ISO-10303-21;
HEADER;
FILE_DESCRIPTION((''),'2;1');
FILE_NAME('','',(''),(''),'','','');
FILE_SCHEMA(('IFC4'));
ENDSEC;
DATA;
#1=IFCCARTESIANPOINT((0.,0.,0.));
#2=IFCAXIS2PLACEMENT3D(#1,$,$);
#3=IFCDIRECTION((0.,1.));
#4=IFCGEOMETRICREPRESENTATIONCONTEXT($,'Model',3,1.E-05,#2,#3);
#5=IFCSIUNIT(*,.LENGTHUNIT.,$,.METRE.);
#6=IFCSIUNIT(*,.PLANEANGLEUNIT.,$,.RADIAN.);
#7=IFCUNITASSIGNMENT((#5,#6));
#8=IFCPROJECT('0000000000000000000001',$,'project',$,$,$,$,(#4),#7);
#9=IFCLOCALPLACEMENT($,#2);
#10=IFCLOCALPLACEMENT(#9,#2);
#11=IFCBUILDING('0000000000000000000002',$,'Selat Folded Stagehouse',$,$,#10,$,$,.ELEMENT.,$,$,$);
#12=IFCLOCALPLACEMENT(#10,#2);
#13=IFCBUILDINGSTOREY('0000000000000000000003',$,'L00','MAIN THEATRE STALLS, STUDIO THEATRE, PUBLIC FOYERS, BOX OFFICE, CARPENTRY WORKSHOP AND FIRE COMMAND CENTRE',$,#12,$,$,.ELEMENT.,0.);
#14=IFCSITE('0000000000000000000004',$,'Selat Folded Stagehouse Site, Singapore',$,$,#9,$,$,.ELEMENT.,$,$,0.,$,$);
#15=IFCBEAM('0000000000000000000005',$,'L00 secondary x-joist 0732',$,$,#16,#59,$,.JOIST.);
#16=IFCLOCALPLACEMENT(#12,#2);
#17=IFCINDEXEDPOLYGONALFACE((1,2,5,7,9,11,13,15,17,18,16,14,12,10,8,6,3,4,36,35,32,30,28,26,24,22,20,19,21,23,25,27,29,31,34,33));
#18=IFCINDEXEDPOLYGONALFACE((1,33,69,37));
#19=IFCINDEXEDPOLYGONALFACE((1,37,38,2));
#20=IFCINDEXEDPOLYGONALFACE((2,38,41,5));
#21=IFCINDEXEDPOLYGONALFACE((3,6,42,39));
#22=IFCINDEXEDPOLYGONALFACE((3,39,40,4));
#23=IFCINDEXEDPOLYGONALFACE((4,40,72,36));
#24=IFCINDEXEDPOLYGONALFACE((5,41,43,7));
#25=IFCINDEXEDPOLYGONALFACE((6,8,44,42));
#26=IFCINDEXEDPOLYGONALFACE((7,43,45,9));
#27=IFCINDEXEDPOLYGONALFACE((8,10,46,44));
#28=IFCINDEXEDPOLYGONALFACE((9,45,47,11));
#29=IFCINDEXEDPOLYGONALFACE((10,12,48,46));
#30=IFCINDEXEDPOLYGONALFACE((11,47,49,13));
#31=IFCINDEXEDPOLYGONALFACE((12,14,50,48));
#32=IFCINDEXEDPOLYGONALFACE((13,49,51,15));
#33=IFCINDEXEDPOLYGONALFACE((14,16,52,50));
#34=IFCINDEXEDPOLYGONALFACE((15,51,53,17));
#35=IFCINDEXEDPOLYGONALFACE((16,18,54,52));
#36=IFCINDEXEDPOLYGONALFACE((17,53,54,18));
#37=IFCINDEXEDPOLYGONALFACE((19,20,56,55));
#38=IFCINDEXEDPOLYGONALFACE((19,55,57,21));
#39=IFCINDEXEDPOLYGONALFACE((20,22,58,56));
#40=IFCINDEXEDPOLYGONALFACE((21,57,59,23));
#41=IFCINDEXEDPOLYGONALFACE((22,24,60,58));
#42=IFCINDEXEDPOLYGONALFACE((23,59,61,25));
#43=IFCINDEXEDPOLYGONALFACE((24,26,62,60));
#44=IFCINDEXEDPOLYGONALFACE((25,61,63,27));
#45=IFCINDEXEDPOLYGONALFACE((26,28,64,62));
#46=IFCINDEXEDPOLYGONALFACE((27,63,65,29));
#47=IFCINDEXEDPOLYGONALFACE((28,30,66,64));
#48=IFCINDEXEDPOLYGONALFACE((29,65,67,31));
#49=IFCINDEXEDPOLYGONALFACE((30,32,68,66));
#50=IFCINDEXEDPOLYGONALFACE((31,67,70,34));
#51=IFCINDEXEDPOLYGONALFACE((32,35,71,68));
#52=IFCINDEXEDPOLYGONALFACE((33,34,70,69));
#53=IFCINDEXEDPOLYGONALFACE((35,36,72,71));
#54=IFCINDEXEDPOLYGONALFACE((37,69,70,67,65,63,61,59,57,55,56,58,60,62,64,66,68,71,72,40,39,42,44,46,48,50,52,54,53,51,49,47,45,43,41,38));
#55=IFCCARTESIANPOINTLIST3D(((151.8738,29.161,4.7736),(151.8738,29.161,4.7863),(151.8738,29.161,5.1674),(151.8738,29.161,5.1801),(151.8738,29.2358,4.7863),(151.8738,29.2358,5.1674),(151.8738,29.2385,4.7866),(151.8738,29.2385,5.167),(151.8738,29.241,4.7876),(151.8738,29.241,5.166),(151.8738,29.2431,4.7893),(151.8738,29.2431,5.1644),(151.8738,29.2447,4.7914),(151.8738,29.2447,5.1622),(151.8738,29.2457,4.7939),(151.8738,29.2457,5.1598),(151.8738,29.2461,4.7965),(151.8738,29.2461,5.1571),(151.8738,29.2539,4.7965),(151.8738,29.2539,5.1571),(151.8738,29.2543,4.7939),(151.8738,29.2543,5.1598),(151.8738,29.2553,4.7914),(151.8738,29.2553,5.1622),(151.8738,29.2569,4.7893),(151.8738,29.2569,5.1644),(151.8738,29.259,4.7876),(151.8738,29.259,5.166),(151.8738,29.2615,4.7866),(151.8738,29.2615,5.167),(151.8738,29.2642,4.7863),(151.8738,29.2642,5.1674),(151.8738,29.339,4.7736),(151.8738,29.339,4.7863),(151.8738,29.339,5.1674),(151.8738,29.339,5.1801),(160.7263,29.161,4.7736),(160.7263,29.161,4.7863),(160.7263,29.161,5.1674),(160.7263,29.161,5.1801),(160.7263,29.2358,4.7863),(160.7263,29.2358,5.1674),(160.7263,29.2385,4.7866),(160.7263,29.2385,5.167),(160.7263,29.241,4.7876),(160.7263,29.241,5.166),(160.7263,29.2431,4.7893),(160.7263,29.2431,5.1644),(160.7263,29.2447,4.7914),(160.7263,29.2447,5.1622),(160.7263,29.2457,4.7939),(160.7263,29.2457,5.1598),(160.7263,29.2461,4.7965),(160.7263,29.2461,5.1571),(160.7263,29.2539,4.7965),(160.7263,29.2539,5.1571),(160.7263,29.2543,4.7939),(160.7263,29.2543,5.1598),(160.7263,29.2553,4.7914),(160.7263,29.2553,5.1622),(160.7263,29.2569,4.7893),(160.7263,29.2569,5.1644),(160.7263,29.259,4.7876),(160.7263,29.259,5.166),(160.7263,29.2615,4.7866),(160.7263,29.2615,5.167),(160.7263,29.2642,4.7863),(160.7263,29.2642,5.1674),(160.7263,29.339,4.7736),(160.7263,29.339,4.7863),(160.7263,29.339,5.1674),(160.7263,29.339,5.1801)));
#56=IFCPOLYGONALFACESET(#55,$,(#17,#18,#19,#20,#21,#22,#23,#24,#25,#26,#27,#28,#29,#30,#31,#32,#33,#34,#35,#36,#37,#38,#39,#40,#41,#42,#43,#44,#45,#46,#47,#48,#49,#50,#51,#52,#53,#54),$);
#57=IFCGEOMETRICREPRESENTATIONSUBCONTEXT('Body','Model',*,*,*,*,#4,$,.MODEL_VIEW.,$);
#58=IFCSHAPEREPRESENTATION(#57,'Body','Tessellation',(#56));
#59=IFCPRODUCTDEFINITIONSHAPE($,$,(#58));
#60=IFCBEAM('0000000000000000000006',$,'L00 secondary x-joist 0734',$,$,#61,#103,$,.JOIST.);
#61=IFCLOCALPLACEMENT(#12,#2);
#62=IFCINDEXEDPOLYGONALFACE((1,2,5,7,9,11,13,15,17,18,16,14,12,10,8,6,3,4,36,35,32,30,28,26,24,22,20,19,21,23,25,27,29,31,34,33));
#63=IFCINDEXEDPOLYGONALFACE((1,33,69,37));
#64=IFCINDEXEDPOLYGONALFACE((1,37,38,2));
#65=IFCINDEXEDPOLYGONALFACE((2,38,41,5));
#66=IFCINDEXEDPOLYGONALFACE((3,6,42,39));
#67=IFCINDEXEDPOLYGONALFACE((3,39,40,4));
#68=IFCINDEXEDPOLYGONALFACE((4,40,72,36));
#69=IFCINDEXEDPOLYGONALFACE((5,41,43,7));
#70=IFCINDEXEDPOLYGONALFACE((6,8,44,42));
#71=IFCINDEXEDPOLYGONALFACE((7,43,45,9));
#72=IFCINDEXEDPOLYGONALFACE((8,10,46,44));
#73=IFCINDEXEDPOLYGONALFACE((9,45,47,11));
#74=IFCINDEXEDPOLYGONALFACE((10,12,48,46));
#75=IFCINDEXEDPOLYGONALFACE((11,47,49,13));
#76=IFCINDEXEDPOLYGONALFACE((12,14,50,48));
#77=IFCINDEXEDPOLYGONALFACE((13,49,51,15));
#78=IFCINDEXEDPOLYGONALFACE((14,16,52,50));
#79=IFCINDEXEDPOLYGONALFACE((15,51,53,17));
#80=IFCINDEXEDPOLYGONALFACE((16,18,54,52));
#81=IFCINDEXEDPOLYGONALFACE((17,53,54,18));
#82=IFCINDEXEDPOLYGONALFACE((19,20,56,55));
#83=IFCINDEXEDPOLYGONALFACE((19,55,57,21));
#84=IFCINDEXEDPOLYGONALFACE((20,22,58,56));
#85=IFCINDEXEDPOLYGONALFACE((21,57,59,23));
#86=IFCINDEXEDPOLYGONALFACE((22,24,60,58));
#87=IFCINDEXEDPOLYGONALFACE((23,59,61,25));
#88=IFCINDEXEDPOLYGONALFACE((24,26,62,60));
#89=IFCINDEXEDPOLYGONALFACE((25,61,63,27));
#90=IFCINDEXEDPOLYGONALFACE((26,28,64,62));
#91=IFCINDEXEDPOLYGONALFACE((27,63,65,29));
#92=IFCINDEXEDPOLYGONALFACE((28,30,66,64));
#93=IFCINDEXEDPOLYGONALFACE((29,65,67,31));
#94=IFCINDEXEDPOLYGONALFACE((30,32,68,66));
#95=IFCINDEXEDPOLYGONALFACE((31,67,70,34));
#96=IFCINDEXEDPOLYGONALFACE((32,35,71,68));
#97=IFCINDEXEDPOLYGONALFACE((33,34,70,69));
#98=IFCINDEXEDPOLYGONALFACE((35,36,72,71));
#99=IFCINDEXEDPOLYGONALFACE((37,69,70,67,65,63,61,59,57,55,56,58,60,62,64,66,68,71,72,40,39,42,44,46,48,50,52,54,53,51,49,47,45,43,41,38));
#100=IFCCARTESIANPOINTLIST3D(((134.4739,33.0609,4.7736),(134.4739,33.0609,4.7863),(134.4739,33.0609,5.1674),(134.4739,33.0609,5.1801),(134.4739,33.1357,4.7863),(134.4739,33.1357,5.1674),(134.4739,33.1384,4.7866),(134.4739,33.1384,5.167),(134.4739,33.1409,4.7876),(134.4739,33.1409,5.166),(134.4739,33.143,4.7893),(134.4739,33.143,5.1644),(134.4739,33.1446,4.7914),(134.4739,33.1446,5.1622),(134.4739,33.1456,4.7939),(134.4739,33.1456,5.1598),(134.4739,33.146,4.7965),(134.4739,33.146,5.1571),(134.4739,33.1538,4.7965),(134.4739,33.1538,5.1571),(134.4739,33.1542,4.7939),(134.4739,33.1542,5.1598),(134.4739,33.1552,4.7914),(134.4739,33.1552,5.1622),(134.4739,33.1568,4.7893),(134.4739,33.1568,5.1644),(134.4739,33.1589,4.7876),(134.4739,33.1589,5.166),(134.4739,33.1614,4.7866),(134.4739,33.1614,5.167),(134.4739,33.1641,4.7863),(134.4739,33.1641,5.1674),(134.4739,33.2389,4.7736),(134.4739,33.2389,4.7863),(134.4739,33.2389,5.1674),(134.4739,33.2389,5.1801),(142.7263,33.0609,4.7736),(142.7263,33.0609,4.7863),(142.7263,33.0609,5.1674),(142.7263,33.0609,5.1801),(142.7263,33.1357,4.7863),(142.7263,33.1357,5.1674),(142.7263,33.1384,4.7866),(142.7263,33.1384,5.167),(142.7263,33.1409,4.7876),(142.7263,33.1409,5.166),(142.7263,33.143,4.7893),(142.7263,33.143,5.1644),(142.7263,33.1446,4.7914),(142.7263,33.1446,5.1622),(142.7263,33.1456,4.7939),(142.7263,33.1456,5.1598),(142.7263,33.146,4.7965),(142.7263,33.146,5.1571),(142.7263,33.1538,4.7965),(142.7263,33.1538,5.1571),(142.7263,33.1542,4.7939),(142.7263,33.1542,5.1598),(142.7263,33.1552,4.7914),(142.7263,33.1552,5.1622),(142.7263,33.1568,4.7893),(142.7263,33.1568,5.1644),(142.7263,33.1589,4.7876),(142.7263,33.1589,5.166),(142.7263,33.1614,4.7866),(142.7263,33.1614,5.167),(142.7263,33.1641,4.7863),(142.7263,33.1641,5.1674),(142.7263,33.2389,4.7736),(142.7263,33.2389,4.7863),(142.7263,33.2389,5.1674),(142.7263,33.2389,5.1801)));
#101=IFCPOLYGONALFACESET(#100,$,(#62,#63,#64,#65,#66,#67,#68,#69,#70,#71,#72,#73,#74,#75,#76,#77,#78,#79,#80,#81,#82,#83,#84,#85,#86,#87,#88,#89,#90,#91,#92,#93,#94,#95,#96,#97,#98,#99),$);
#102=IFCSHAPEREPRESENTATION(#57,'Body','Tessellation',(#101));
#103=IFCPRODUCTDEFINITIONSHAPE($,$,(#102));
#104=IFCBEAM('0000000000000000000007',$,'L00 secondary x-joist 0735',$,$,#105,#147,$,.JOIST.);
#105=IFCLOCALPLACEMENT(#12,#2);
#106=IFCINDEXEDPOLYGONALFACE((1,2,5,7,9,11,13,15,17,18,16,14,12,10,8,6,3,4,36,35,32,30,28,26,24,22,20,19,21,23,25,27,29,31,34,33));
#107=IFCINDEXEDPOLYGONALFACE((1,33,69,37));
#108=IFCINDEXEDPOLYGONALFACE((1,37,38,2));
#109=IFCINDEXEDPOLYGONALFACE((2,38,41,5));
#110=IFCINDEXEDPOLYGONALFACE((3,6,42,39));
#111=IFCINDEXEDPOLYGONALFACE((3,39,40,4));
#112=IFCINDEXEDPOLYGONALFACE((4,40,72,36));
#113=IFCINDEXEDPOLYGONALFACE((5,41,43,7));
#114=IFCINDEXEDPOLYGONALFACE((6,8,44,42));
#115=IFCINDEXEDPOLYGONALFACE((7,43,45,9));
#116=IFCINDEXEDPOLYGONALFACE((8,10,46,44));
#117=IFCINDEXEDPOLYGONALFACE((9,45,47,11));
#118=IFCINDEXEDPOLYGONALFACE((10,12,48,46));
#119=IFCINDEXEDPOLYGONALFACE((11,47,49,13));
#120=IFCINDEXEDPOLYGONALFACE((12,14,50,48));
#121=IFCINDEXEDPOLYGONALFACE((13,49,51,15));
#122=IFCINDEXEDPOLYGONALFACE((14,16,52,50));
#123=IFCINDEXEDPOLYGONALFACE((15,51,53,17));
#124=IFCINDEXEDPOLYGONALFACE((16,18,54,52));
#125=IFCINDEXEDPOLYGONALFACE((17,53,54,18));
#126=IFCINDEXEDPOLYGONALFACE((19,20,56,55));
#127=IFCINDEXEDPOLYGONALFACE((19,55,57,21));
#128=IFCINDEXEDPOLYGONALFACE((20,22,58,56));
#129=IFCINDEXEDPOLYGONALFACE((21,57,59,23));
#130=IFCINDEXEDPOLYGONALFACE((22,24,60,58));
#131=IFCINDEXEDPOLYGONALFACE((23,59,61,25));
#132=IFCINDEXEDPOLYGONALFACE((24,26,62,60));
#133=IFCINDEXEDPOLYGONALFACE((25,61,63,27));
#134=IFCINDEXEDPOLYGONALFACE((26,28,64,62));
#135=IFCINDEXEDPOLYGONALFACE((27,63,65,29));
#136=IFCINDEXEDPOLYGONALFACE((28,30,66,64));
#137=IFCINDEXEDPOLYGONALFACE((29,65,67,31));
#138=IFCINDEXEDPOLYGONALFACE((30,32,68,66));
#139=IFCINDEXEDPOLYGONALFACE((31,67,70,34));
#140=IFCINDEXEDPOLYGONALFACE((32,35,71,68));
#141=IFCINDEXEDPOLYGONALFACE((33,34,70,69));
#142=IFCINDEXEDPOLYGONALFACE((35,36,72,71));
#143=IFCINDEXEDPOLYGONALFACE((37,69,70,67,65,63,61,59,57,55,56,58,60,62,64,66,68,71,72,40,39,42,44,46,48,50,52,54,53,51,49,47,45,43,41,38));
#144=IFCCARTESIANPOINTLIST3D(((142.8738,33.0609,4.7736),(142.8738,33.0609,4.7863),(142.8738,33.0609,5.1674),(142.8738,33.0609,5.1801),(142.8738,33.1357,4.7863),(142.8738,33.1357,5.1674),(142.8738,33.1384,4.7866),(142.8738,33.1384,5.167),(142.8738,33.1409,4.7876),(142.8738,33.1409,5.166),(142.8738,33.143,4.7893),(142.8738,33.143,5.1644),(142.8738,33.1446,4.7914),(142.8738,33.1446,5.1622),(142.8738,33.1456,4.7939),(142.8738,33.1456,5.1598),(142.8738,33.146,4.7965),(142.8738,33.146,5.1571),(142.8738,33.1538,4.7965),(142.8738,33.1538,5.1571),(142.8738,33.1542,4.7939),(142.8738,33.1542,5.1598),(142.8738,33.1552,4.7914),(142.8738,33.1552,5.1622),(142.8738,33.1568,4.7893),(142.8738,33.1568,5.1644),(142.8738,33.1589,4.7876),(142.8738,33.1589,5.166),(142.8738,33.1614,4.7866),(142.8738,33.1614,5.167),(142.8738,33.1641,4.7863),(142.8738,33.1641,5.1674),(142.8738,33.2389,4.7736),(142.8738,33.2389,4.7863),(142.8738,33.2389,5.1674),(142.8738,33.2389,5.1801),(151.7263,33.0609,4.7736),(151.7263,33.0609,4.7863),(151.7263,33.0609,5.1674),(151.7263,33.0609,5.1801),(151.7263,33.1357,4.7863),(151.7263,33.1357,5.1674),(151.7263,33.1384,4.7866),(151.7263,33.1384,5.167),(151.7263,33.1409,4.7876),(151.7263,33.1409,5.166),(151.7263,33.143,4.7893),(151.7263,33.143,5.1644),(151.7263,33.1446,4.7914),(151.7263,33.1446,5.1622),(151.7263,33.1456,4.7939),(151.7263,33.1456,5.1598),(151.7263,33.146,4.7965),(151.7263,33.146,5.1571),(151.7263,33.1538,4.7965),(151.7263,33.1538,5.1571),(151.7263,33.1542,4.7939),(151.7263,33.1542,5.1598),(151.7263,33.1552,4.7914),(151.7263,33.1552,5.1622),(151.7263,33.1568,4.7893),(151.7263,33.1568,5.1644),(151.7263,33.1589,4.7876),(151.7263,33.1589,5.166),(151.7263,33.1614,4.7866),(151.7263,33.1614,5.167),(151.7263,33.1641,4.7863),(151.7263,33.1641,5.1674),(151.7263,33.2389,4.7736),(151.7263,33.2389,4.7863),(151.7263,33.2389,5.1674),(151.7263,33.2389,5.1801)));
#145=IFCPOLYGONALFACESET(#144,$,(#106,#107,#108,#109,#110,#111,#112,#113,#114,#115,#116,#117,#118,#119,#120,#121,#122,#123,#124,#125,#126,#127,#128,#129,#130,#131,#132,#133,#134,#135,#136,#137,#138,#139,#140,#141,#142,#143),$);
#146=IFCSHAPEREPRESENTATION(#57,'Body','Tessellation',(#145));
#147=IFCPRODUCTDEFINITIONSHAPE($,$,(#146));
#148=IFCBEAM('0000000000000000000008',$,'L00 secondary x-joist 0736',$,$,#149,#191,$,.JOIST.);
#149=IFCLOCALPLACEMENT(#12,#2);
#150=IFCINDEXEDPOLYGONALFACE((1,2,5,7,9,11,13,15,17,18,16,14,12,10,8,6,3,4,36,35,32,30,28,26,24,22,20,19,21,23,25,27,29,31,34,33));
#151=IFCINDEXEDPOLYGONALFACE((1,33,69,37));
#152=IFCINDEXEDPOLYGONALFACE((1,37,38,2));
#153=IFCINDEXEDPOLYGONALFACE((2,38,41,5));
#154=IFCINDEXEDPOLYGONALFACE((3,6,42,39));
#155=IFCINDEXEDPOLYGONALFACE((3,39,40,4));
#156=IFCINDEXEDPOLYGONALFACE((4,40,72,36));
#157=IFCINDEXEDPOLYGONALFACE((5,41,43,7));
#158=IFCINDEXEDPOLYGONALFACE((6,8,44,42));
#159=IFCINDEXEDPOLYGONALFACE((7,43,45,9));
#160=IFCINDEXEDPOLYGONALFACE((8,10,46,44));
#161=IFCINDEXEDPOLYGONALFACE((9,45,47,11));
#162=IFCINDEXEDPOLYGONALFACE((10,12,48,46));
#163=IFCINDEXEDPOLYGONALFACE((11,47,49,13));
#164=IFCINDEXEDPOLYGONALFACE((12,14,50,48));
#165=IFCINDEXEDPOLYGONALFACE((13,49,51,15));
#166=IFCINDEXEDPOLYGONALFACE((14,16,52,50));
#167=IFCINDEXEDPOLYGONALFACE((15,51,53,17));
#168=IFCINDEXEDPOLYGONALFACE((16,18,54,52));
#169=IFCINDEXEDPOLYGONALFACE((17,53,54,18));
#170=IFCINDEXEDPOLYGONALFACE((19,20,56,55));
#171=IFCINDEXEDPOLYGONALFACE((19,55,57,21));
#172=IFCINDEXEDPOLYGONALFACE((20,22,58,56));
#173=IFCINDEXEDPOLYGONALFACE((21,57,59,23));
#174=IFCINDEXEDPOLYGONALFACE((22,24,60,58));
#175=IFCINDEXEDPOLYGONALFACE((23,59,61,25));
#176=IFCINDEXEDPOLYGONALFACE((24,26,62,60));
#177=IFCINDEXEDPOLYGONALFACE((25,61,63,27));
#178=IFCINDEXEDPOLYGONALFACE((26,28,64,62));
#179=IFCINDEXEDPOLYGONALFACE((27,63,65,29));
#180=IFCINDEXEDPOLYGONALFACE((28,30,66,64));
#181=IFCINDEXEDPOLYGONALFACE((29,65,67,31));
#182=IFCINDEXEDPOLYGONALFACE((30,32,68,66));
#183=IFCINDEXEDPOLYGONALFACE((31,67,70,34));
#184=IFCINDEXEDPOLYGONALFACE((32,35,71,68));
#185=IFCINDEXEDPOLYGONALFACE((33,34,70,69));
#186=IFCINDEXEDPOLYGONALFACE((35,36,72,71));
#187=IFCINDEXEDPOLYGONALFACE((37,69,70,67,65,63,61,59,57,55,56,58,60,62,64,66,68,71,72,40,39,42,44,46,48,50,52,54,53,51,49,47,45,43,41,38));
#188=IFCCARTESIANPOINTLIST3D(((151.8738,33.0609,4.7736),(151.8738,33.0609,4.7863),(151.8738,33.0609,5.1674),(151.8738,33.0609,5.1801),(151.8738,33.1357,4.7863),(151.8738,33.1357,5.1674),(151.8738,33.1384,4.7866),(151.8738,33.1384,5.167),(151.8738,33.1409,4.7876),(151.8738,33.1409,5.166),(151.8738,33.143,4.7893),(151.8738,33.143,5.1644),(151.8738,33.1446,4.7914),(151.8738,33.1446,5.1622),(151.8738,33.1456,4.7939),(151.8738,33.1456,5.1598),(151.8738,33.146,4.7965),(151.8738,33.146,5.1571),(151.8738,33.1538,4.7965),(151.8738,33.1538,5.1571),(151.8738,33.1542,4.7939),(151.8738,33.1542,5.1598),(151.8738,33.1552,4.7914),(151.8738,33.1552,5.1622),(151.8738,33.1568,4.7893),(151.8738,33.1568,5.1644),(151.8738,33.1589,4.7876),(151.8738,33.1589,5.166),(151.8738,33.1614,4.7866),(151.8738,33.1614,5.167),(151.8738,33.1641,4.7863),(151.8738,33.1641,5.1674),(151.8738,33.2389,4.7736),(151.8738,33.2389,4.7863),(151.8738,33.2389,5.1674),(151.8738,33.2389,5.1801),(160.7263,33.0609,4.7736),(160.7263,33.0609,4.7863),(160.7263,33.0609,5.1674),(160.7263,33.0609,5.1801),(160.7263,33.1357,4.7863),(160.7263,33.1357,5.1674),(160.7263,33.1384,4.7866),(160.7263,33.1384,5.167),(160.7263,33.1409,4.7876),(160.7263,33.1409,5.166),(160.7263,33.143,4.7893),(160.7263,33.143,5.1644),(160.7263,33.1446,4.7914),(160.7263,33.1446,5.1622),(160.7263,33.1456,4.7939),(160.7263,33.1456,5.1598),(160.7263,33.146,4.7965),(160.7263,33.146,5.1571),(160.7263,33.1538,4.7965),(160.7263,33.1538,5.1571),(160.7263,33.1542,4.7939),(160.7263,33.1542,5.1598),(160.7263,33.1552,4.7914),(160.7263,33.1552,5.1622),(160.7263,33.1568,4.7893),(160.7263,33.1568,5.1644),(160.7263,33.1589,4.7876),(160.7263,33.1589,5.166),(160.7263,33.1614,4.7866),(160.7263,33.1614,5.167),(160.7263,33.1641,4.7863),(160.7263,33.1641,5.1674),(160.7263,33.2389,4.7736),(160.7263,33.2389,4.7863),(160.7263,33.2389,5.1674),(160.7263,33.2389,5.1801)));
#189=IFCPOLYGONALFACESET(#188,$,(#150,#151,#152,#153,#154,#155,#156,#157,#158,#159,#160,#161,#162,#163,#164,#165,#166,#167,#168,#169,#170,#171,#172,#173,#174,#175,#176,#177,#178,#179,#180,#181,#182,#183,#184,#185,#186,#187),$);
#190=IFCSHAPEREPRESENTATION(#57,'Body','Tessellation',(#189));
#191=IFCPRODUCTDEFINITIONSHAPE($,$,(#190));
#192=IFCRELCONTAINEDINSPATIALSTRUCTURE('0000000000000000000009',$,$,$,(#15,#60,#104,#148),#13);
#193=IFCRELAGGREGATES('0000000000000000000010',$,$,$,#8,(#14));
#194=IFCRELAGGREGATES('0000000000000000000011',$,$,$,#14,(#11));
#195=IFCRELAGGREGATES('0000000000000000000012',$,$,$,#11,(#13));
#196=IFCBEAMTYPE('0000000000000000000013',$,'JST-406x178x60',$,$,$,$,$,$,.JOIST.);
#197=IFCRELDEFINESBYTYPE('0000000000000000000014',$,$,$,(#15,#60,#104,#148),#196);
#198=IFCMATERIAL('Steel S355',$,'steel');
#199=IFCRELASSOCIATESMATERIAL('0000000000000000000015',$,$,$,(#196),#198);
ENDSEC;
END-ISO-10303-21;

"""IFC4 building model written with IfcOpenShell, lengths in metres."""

from ifc_helpers import new_model, si_unit, direction, frame, origin, origin_2d, place, context, subcontext, project, spatial, i_section, extrude, material, material_profile, profile_set, type_object, element, save


model = new_model("IFC4")

# Units and contexts
model_context = context("Model", 3, precision=1e-05, world=origin(), true_north=direction((0.0, 1.0)))
body_context = subcontext(model_context, "Body", "Model", "MODEL_VIEW")
ifc_project = project(units=[si_unit("LENGTHUNIT", "METRE"), si_unit("PLANEANGLEUNIT", "RADIAN")], contexts=[model_context])

# Site, building, storey
site_placement = place(None, origin())
site = spatial("IfcSite", under=ifc_project, at=site_placement, Name="Selat Folded Stagehouse Site, Singapore", CompositionType="ELEMENT", RefElevation=0.0)
building_placement = place(site_placement, origin())
building = spatial("IfcBuilding", under=site, at=building_placement, Name="Selat Folded Stagehouse", CompositionType="ELEMENT")
storey_placement = place(building_placement, origin())
storey = spatial("IfcBuildingStorey", under=building, at=storey_placement, Name="L00", Description="MAIN THEATRE STALLS, STUDIO THEATRE, PUBLIC FOYERS, BOX OFFICE, CARPENTRY WORKSHOP AND FIRE COMMAND CENTRE", CompositionType="ELEMENT", Elevation=0.0)

# Shared definitions
ifc_material_1 = material(Name="Steel S355", Category="steel")

# Beams
ifc_material_profile_1 = material_profile(ifc_material_1, i_section(OverallWidth=0.178, OverallDepth=0.4065, WebThickness=0.0078, FlangeThickness=0.0127, FilletRadius=0.0103, at=origin_2d()), Name="UKB 406x178x60")
ifc_profile_set_1 = profile_set([ifc_material_profile_1], Name="Steel S355")
beam_type_1 = type_object("IfcBeamType", Name="JST-406x178x60", PredefinedType="JOIST", material=ifc_profile_set_1)
for number, where, z_axis, x_axis, name in (
    (1, (151.8738, 29.25, 4.9768), (1.0, 0.0, 0.0), (0.0, 1.0, 0.0), "L00 secondary x-joist 0732"),
):
    element("IfcBeam", number, at=place(storey_placement, frame(where, z_axis=z_axis, x_axis=x_axis)), inside=storey, type_object=beam_type_1, Name=name, PredefinedType="JOIST", context=body_context, shape_type="SweptSolid", body=[
        extrude(i_section(OverallWidth=0.178, OverallDepth=0.4065, WebThickness=0.0078, FlangeThickness=0.0127, FilletRadius=0.0103, at=origin_2d()), origin(), (0.0, 0.0, 1.0), 8.8525),
    ])
beam_1_placement = place(storey_placement, frame((134.4739, 33.1499, 4.9768), z_axis=(1.0, 0.0, 0.0), x_axis=(0.0, 1.0, 0.0)))
element("IfcBeam", 2, at=beam_1_placement, inside=storey, type_object=beam_type_1, Name="L00 secondary x-joist 0734", PredefinedType="JOIST", context=body_context, shape_type="SweptSolid", body=[
    extrude(i_section(OverallWidth=0.178, OverallDepth=0.4065, WebThickness=0.0078, FlangeThickness=0.0127, FilletRadius=0.0103, at=origin_2d()), origin(), (0.0, 0.0, 1.0), 8.2524),
])
for number, where, z_axis, x_axis, name in (
    (3, (142.8738, 33.1499, 4.9768), (1.0, 0.0, 0.0), (0.0, 1.0, 0.0), "L00 secondary x-joist 0735"),
    (4, (151.8738, 33.1499, 4.9768), (1.0, 0.0, 0.0), (0.0, 1.0, 0.0), "L00 secondary x-joist 0736"),
):
    element("IfcBeam", number, at=place(storey_placement, frame(where, z_axis=z_axis, x_axis=x_axis)), inside=storey, type_object=beam_type_1, Name=name, PredefinedType="JOIST", context=body_context, shape_type="SweptSolid", body=[
        extrude(i_section(OverallWidth=0.178, OverallDepth=0.4065, WebThickness=0.0078, FlangeThickness=0.0127, FilletRadius=0.0103, at=origin_2d()), origin(), (0.0, 0.0, 1.0), 8.8525),
    ])

save(model, "model.ifc")
